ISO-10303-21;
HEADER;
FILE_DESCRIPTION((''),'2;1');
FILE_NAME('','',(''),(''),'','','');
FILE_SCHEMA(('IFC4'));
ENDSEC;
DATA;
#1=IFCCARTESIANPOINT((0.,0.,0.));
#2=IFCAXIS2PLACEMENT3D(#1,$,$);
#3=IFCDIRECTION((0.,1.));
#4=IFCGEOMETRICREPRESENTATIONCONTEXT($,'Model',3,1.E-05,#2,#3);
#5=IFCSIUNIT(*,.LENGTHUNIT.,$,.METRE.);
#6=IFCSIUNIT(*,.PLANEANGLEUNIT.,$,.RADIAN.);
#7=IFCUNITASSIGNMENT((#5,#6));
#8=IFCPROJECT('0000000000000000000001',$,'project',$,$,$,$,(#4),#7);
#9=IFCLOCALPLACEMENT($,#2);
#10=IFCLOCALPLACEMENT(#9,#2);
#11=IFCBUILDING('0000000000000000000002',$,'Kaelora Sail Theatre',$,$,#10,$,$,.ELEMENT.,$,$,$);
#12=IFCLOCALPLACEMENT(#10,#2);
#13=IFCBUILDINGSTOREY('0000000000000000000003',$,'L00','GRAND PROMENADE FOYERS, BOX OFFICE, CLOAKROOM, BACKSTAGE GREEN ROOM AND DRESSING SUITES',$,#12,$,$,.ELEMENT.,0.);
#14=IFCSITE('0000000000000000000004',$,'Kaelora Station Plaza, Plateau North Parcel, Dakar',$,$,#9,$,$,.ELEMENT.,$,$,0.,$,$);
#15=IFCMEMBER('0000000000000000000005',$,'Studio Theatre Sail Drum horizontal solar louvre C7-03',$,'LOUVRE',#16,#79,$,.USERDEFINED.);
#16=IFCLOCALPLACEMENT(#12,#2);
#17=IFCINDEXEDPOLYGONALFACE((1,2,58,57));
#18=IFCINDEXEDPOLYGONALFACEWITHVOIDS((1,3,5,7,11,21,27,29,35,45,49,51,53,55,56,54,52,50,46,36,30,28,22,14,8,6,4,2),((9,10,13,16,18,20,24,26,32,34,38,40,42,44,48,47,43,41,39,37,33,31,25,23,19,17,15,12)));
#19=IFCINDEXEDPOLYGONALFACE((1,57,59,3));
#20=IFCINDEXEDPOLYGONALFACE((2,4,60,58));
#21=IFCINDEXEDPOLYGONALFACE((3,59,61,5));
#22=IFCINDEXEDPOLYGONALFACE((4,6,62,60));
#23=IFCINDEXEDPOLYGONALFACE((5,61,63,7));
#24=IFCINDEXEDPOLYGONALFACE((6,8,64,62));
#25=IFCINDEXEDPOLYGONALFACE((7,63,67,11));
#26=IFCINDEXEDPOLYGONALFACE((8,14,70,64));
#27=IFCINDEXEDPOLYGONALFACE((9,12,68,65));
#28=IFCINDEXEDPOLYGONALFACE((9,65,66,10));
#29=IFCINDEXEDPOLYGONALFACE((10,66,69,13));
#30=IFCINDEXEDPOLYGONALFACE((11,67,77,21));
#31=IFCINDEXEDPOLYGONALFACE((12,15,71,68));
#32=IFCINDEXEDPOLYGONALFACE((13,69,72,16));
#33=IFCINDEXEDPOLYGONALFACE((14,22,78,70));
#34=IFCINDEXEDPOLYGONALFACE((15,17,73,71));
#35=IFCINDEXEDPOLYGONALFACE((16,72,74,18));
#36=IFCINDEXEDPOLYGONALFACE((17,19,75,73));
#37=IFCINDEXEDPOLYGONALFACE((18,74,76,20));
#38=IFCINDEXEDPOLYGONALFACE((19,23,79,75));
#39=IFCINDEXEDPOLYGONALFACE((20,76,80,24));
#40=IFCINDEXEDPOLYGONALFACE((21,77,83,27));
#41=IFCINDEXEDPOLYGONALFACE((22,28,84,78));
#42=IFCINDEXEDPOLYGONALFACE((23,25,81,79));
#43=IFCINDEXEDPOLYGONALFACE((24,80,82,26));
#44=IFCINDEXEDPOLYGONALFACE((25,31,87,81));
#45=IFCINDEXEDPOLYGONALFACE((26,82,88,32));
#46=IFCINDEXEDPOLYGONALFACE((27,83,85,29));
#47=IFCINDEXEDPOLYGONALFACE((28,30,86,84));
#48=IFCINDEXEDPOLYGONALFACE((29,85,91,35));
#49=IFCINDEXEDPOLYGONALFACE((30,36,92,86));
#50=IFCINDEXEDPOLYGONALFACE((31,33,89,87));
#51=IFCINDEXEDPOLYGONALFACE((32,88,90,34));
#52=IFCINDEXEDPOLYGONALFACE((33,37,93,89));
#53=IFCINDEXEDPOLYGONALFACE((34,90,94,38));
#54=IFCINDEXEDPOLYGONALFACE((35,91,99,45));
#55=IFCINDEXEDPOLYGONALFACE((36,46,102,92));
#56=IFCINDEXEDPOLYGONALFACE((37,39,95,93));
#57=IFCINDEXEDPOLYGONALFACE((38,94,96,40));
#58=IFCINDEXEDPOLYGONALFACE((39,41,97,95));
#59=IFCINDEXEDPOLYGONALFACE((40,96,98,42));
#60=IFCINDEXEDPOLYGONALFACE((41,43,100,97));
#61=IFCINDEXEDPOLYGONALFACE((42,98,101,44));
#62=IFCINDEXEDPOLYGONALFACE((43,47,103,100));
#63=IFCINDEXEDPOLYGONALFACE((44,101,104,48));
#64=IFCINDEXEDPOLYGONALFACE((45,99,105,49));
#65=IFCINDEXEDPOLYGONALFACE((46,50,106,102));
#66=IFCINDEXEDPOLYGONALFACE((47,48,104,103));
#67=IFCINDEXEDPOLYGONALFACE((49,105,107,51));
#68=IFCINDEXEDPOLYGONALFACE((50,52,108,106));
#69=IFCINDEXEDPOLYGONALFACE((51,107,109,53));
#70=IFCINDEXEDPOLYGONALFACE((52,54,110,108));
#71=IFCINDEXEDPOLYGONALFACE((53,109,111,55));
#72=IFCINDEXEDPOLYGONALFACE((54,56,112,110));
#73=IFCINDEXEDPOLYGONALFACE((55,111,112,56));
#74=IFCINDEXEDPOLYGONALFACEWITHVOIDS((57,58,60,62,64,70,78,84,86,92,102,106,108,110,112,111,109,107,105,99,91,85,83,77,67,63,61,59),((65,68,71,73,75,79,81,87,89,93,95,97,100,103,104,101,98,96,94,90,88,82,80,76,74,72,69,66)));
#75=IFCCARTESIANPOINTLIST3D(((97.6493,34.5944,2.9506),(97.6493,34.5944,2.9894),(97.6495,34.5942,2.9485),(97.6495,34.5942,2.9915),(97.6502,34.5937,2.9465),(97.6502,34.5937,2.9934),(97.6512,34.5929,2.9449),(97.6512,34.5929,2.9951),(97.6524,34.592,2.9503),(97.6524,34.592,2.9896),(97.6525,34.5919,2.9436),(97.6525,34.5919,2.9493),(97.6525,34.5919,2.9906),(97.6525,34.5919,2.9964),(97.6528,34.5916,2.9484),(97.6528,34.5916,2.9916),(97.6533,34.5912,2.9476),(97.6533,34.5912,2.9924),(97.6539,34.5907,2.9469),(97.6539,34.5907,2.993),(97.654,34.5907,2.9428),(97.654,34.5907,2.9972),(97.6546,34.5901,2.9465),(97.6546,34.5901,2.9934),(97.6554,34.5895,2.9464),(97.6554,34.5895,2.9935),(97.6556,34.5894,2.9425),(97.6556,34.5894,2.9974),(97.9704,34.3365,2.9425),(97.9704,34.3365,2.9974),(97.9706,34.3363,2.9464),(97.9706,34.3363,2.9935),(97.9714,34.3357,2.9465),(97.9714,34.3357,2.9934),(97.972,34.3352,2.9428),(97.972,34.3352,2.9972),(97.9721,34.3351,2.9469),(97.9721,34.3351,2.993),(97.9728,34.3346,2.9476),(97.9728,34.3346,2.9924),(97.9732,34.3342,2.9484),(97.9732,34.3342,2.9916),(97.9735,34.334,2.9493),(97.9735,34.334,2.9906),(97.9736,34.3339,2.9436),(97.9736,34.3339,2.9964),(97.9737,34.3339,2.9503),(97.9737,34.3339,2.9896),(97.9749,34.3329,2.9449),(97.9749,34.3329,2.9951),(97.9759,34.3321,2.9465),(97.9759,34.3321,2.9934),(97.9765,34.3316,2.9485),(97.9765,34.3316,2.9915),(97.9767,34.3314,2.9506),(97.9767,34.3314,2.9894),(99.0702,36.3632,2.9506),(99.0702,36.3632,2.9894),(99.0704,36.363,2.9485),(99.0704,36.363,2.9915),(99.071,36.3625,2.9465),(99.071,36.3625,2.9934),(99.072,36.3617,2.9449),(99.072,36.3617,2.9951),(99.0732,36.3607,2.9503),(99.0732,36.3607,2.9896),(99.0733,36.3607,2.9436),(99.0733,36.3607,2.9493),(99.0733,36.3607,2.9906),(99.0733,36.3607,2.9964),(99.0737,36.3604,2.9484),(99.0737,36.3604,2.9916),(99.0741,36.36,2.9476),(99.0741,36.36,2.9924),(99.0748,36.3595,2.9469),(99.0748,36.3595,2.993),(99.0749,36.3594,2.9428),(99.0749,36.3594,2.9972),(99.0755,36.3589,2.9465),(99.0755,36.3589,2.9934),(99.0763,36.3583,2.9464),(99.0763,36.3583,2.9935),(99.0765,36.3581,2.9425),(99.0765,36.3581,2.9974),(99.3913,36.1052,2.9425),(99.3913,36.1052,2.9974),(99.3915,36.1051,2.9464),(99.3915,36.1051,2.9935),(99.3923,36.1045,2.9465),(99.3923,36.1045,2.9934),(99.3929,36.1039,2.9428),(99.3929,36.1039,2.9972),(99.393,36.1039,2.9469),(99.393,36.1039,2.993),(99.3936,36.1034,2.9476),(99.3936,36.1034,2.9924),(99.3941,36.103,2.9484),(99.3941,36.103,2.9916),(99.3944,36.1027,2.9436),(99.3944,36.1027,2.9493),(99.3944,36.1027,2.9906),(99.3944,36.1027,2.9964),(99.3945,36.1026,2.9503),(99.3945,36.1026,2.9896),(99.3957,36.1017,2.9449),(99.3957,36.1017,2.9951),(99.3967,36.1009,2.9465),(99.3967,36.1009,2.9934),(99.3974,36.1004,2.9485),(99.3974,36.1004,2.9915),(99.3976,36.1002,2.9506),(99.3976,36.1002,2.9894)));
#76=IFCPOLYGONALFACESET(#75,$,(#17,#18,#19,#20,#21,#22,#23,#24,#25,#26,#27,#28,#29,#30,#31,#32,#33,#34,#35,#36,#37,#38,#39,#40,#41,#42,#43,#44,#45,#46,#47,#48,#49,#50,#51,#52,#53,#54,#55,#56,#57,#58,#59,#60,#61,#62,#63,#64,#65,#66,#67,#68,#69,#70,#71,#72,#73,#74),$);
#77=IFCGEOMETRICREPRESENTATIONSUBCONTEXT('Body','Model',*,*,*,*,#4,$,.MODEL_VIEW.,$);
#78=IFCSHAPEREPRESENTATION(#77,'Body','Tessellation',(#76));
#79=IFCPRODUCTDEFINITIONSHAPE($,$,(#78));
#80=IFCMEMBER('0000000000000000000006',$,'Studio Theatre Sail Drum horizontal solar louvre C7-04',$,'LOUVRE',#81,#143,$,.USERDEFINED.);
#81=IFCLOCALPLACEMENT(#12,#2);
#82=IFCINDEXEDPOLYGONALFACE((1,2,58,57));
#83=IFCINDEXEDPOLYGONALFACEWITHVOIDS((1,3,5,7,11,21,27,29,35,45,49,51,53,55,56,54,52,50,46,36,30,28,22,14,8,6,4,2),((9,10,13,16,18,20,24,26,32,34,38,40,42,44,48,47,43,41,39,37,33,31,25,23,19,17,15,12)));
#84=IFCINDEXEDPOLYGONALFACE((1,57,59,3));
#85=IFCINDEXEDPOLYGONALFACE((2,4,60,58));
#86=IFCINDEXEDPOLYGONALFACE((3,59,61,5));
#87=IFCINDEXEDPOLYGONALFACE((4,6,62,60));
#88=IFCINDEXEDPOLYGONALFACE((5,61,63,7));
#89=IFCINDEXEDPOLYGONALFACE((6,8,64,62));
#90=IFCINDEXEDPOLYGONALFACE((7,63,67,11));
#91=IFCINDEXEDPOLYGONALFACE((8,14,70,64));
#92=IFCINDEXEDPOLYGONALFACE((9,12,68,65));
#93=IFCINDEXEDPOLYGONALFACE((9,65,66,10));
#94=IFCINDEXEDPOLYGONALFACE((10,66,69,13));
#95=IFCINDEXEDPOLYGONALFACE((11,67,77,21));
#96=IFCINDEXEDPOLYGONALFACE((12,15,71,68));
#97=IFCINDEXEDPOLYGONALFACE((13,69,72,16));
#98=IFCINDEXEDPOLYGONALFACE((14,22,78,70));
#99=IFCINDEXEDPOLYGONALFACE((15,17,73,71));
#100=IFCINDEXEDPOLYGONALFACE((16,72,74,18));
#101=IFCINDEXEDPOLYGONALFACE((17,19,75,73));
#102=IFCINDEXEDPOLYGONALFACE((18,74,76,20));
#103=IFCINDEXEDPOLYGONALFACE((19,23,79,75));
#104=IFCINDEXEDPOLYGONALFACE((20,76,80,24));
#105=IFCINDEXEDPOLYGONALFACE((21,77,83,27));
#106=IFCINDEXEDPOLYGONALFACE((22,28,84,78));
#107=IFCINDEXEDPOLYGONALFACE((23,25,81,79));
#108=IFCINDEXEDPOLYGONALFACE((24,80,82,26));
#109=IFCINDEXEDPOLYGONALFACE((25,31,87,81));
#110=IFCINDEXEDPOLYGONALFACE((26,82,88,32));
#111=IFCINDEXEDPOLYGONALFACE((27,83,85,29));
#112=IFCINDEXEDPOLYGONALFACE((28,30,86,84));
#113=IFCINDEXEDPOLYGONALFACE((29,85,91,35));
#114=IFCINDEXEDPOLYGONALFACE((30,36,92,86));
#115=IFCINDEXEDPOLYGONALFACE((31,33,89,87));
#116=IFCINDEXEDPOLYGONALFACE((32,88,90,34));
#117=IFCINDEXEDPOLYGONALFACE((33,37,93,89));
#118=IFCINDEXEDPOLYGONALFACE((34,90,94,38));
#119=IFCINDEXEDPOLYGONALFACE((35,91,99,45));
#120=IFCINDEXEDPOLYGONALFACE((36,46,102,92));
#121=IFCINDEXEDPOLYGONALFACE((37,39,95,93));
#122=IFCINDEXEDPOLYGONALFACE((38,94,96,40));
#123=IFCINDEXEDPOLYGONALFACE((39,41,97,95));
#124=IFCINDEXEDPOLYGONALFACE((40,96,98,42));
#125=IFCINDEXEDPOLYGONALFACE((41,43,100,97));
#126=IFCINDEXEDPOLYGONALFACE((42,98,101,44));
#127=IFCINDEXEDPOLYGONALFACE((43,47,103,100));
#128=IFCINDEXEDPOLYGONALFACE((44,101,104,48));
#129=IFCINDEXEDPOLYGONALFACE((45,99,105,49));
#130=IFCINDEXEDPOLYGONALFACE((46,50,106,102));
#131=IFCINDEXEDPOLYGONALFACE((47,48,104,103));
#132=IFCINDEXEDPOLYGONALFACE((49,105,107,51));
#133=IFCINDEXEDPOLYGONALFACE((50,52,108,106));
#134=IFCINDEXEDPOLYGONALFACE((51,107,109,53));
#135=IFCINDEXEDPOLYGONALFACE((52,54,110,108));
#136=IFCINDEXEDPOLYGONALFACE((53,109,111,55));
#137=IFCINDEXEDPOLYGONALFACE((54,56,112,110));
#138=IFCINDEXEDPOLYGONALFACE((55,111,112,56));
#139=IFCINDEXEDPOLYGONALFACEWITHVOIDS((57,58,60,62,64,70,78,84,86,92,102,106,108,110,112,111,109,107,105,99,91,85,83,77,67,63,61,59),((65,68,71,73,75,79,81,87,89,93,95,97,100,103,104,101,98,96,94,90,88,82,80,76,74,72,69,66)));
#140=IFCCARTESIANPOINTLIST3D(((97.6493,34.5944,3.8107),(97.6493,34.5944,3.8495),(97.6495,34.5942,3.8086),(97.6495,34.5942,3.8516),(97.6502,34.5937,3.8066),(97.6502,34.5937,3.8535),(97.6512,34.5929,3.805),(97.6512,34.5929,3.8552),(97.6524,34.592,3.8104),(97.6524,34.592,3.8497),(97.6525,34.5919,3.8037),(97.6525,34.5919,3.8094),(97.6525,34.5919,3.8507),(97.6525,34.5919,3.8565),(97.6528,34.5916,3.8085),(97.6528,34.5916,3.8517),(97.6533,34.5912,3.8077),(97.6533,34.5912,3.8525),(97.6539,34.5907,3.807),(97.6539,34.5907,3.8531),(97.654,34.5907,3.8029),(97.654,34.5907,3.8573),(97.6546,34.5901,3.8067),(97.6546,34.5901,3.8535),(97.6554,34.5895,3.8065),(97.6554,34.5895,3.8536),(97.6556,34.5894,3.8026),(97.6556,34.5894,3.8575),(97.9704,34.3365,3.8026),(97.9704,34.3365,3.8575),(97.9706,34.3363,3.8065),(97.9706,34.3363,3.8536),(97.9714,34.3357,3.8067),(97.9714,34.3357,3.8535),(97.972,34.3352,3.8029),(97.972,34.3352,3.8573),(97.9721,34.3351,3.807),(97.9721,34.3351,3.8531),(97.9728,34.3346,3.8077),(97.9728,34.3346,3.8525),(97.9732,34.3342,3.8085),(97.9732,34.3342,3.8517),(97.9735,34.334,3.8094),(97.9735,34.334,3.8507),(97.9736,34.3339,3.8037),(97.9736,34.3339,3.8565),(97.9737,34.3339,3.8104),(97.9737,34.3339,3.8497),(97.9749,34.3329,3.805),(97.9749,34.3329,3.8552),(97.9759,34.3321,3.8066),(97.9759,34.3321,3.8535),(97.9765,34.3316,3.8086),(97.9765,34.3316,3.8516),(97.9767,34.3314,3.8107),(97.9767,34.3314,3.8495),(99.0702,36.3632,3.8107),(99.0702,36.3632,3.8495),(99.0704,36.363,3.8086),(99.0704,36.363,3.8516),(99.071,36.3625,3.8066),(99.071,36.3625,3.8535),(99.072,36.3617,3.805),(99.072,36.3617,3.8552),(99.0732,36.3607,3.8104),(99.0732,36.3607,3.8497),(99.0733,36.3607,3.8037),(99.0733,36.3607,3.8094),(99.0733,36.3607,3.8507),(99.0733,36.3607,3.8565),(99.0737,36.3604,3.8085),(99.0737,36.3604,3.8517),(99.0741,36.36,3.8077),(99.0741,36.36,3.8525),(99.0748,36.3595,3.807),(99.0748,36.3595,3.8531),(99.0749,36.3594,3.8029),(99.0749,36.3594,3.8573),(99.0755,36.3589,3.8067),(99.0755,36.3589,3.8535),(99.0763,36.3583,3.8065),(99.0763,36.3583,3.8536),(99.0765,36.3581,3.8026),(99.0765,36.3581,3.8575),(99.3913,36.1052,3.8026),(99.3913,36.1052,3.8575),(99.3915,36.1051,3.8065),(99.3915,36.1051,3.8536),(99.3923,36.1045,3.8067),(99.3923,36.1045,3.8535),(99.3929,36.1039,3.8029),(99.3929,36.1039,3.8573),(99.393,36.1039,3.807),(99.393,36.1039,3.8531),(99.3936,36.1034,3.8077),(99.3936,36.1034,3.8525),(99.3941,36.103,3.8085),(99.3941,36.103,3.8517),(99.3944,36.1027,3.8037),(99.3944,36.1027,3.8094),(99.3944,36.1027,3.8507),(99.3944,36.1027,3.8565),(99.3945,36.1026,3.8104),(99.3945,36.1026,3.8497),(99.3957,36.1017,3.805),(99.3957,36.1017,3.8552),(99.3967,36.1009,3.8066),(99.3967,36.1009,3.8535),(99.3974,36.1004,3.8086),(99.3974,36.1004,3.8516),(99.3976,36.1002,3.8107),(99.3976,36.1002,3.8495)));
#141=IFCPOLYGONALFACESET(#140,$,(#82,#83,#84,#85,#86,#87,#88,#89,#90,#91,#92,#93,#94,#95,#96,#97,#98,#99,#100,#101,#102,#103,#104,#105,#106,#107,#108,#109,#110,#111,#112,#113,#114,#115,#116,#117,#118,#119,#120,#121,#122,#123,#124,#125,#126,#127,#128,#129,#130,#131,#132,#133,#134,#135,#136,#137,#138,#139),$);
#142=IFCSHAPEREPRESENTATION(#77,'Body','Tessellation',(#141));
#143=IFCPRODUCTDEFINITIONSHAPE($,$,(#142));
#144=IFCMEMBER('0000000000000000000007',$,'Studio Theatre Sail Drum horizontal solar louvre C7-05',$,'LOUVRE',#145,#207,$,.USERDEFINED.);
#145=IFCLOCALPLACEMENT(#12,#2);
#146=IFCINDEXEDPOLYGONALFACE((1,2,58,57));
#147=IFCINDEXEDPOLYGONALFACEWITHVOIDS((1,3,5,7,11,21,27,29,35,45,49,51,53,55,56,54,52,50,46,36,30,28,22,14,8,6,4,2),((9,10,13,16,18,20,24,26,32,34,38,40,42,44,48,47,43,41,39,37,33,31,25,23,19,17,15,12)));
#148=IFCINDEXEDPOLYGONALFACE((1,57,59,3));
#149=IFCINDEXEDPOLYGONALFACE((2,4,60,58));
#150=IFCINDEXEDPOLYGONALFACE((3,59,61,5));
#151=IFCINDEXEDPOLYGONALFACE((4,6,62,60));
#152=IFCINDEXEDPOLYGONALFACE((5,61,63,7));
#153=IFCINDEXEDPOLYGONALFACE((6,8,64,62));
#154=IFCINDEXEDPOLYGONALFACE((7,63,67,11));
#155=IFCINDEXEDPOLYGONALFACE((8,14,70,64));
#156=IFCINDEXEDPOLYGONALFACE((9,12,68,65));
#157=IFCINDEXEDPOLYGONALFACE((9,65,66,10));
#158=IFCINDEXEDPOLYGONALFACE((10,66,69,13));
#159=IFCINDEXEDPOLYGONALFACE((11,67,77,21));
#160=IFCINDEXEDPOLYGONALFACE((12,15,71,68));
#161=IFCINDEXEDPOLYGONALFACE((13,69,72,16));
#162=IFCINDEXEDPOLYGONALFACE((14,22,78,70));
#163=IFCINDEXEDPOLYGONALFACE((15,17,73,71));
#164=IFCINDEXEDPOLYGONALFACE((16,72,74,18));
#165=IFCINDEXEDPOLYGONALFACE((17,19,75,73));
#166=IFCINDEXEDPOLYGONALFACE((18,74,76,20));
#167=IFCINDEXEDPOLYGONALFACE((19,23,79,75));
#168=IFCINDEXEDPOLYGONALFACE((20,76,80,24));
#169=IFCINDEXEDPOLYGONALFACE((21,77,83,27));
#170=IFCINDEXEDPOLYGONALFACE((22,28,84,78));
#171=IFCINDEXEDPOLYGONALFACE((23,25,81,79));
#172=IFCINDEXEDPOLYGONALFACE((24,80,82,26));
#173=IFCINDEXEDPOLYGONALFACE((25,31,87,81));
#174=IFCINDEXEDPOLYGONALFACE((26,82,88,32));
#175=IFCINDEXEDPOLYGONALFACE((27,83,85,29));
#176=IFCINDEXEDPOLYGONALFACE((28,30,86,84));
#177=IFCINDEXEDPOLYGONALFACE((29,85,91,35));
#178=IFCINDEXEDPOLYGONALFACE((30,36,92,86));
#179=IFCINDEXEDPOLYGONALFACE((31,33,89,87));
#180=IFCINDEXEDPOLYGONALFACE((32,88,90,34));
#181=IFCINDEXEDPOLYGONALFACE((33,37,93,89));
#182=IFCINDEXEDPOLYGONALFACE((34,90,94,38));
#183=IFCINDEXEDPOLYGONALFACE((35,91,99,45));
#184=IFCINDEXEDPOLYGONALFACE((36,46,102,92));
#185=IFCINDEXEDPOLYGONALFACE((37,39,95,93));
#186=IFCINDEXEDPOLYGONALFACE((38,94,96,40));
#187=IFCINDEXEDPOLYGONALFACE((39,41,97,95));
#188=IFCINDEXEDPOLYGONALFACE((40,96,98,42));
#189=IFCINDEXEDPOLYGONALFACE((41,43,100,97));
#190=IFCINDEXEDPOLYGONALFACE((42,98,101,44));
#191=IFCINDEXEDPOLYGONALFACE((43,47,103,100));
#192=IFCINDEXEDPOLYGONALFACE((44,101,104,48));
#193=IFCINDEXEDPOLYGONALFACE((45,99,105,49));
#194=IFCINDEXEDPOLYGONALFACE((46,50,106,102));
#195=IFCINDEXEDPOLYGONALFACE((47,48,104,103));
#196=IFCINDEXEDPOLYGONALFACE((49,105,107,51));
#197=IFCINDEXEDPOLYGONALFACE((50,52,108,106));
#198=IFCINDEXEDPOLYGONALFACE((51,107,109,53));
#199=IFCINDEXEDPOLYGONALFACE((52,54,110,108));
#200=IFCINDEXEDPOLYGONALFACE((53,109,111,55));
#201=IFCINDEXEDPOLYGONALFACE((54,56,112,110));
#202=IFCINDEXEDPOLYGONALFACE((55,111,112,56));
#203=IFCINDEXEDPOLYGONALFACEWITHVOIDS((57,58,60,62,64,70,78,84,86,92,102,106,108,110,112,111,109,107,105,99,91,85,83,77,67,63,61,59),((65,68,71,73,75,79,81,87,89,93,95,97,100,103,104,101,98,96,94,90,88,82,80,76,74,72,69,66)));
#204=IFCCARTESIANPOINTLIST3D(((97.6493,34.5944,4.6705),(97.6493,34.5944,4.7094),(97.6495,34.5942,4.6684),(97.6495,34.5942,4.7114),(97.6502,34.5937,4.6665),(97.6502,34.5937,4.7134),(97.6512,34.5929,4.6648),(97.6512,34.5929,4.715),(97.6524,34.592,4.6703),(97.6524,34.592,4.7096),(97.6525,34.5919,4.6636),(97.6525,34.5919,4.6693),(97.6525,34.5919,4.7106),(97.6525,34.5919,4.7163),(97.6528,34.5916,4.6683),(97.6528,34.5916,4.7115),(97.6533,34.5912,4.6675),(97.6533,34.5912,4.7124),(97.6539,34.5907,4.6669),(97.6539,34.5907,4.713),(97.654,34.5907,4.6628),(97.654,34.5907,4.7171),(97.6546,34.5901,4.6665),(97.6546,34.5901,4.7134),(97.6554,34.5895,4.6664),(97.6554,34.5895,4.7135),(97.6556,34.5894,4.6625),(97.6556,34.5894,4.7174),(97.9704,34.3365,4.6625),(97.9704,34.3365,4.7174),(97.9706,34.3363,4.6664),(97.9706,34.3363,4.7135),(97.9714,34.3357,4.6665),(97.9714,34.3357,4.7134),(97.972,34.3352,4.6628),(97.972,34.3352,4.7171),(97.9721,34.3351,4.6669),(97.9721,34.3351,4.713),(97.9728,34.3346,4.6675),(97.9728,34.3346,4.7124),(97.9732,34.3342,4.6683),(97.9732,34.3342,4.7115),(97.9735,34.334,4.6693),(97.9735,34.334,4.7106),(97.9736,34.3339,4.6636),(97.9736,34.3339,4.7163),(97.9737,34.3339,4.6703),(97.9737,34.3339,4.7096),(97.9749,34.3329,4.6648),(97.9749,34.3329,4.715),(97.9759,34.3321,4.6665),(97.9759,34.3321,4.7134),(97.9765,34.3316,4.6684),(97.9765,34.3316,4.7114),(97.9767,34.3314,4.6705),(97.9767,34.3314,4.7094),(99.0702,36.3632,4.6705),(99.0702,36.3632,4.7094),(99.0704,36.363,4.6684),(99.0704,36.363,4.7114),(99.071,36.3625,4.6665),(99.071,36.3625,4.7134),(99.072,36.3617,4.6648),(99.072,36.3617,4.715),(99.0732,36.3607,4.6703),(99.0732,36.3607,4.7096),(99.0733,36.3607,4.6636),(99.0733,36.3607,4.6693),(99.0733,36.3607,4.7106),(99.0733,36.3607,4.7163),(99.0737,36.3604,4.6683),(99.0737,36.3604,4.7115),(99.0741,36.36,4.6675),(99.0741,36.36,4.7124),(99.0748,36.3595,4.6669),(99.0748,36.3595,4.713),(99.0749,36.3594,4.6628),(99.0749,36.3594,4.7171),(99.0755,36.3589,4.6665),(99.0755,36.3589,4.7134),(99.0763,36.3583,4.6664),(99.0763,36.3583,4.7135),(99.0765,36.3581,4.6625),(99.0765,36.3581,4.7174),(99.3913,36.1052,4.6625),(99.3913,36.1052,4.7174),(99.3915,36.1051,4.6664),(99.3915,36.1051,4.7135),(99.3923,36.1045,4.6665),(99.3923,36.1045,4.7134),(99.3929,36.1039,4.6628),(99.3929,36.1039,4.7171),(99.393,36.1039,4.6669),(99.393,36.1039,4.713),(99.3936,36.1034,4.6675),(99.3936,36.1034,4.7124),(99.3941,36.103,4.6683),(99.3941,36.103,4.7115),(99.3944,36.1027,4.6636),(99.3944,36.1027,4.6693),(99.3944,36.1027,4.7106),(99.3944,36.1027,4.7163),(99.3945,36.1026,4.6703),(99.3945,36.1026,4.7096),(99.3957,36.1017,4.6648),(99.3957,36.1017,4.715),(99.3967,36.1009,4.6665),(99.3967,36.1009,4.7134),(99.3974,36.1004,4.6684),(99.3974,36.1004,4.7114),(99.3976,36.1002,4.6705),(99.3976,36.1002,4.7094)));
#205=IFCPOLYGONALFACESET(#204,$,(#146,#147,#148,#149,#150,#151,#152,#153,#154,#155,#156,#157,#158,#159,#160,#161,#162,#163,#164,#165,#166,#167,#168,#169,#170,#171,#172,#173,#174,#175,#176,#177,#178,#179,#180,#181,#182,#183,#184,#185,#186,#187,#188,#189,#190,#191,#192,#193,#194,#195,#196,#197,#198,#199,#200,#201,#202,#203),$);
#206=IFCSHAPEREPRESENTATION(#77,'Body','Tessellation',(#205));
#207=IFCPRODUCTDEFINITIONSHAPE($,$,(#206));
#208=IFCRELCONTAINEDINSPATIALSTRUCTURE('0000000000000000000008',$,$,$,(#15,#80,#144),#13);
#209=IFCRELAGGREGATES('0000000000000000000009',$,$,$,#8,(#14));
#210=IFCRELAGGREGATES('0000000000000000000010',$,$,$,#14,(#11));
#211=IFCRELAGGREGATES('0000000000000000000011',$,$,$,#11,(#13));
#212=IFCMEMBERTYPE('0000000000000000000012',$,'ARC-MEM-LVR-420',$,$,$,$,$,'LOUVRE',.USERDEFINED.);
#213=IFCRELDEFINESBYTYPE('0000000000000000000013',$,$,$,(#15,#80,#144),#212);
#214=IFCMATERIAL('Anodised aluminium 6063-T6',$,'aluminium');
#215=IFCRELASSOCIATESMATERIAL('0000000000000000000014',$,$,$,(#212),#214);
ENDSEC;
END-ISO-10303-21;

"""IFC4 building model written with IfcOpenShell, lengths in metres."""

from ifc_helpers import new_model, si_unit, direction, frame, origin, origin_2d, place, context, subcontext, project, spatial, hollow_rectangle, extrude, material, material_profile, profile_set, type_object, element, save


model = new_model("IFC4")

# Units and contexts
model_context = context("Model", 3, precision=1e-05, world=origin(), true_north=direction((0.0, 1.0)))
body_context = subcontext(model_context, "Body", "Model", "MODEL_VIEW")
ifc_project = project(units=[si_unit("LENGTHUNIT", "METRE"), si_unit("PLANEANGLEUNIT", "RADIAN")], contexts=[model_context])

# Site, building, storey
site_placement = place(None, origin())
site = spatial("IfcSite", under=ifc_project, at=site_placement, Name="Kaelora Station Plaza, Plateau North Parcel, Dakar", CompositionType="ELEMENT", RefElevation=0.0)
building_placement = place(site_placement, origin())
building = spatial("IfcBuilding", under=site, at=building_placement, Name="Kaelora Sail Theatre", CompositionType="ELEMENT")
storey_placement = place(building_placement, origin())
storey = spatial("IfcBuildingStorey", under=building, at=storey_placement, Name="L00", Description="GRAND PROMENADE FOYERS, BOX OFFICE, CLOAKROOM, BACKSTAGE GREEN ROOM AND DRESSING SUITES", CompositionType="ELEMENT", Elevation=0.0)

# Members
ifc_material_1 = material(Name="Anodised aluminium 6063-T6", Category="aluminium")
ifc_material_profile_1 = material_profile(ifc_material_1, hollow_rectangle(XDim=0.4199, YDim=0.0549, WallThickness=0.0039, InnerFilletRadius=0.0039, OuterFilletRadius=0.0081, at=origin_2d()), Name="LOUVRE 420x55x4")
ifc_profile_set_1 = profile_set([ifc_material_profile_1], Name="Anodised aluminium 6063-T6")
member_type_1 = type_object("IfcMemberType", Name="ARC-MEM-LVR-420", ElementType="LOUVRE", PredefinedType="USERDEFINED", material=ifc_profile_set_1)
for number, where, z_axis, x_axis, name in (
    (1, (99.2339, 36.2317, 2.97), (-0.626269, -0.779607, 0.0), (0.779607, -0.626269, 0.0), "Studio Theatre Sail Drum horizontal solar louvre C7-03"),
    (2, (99.2339, 36.2317, 3.8301), (-0.626269, -0.779607, 0.0), (0.779607, -0.626269, 0.0), "Studio Theatre Sail Drum horizontal solar louvre C7-04"),
    (3, (99.2339, 36.2317, 4.6899), (-0.626269, -0.779607, 0.0), (0.779607, -0.626269, 0.0), "Studio Theatre Sail Drum horizontal solar louvre C7-05"),
):
    element("IfcMember", number, at=place(storey_placement, frame(where, z_axis=z_axis, x_axis=x_axis)), inside=storey, type_object=member_type_1, Name=name, ObjectType="LOUVRE", PredefinedType="USERDEFINED", context=body_context, shape_type="SweptSolid", body=[
        extrude(hollow_rectangle(XDim=0.4199, YDim=0.0549, WallThickness=0.0039, InnerFilletRadius=0.0039, OuterFilletRadius=0.0081, at=origin_2d()), origin(), (0.0, 0.0, 1.0), 2.2688),
    ])

save(model, "model.ifc")
